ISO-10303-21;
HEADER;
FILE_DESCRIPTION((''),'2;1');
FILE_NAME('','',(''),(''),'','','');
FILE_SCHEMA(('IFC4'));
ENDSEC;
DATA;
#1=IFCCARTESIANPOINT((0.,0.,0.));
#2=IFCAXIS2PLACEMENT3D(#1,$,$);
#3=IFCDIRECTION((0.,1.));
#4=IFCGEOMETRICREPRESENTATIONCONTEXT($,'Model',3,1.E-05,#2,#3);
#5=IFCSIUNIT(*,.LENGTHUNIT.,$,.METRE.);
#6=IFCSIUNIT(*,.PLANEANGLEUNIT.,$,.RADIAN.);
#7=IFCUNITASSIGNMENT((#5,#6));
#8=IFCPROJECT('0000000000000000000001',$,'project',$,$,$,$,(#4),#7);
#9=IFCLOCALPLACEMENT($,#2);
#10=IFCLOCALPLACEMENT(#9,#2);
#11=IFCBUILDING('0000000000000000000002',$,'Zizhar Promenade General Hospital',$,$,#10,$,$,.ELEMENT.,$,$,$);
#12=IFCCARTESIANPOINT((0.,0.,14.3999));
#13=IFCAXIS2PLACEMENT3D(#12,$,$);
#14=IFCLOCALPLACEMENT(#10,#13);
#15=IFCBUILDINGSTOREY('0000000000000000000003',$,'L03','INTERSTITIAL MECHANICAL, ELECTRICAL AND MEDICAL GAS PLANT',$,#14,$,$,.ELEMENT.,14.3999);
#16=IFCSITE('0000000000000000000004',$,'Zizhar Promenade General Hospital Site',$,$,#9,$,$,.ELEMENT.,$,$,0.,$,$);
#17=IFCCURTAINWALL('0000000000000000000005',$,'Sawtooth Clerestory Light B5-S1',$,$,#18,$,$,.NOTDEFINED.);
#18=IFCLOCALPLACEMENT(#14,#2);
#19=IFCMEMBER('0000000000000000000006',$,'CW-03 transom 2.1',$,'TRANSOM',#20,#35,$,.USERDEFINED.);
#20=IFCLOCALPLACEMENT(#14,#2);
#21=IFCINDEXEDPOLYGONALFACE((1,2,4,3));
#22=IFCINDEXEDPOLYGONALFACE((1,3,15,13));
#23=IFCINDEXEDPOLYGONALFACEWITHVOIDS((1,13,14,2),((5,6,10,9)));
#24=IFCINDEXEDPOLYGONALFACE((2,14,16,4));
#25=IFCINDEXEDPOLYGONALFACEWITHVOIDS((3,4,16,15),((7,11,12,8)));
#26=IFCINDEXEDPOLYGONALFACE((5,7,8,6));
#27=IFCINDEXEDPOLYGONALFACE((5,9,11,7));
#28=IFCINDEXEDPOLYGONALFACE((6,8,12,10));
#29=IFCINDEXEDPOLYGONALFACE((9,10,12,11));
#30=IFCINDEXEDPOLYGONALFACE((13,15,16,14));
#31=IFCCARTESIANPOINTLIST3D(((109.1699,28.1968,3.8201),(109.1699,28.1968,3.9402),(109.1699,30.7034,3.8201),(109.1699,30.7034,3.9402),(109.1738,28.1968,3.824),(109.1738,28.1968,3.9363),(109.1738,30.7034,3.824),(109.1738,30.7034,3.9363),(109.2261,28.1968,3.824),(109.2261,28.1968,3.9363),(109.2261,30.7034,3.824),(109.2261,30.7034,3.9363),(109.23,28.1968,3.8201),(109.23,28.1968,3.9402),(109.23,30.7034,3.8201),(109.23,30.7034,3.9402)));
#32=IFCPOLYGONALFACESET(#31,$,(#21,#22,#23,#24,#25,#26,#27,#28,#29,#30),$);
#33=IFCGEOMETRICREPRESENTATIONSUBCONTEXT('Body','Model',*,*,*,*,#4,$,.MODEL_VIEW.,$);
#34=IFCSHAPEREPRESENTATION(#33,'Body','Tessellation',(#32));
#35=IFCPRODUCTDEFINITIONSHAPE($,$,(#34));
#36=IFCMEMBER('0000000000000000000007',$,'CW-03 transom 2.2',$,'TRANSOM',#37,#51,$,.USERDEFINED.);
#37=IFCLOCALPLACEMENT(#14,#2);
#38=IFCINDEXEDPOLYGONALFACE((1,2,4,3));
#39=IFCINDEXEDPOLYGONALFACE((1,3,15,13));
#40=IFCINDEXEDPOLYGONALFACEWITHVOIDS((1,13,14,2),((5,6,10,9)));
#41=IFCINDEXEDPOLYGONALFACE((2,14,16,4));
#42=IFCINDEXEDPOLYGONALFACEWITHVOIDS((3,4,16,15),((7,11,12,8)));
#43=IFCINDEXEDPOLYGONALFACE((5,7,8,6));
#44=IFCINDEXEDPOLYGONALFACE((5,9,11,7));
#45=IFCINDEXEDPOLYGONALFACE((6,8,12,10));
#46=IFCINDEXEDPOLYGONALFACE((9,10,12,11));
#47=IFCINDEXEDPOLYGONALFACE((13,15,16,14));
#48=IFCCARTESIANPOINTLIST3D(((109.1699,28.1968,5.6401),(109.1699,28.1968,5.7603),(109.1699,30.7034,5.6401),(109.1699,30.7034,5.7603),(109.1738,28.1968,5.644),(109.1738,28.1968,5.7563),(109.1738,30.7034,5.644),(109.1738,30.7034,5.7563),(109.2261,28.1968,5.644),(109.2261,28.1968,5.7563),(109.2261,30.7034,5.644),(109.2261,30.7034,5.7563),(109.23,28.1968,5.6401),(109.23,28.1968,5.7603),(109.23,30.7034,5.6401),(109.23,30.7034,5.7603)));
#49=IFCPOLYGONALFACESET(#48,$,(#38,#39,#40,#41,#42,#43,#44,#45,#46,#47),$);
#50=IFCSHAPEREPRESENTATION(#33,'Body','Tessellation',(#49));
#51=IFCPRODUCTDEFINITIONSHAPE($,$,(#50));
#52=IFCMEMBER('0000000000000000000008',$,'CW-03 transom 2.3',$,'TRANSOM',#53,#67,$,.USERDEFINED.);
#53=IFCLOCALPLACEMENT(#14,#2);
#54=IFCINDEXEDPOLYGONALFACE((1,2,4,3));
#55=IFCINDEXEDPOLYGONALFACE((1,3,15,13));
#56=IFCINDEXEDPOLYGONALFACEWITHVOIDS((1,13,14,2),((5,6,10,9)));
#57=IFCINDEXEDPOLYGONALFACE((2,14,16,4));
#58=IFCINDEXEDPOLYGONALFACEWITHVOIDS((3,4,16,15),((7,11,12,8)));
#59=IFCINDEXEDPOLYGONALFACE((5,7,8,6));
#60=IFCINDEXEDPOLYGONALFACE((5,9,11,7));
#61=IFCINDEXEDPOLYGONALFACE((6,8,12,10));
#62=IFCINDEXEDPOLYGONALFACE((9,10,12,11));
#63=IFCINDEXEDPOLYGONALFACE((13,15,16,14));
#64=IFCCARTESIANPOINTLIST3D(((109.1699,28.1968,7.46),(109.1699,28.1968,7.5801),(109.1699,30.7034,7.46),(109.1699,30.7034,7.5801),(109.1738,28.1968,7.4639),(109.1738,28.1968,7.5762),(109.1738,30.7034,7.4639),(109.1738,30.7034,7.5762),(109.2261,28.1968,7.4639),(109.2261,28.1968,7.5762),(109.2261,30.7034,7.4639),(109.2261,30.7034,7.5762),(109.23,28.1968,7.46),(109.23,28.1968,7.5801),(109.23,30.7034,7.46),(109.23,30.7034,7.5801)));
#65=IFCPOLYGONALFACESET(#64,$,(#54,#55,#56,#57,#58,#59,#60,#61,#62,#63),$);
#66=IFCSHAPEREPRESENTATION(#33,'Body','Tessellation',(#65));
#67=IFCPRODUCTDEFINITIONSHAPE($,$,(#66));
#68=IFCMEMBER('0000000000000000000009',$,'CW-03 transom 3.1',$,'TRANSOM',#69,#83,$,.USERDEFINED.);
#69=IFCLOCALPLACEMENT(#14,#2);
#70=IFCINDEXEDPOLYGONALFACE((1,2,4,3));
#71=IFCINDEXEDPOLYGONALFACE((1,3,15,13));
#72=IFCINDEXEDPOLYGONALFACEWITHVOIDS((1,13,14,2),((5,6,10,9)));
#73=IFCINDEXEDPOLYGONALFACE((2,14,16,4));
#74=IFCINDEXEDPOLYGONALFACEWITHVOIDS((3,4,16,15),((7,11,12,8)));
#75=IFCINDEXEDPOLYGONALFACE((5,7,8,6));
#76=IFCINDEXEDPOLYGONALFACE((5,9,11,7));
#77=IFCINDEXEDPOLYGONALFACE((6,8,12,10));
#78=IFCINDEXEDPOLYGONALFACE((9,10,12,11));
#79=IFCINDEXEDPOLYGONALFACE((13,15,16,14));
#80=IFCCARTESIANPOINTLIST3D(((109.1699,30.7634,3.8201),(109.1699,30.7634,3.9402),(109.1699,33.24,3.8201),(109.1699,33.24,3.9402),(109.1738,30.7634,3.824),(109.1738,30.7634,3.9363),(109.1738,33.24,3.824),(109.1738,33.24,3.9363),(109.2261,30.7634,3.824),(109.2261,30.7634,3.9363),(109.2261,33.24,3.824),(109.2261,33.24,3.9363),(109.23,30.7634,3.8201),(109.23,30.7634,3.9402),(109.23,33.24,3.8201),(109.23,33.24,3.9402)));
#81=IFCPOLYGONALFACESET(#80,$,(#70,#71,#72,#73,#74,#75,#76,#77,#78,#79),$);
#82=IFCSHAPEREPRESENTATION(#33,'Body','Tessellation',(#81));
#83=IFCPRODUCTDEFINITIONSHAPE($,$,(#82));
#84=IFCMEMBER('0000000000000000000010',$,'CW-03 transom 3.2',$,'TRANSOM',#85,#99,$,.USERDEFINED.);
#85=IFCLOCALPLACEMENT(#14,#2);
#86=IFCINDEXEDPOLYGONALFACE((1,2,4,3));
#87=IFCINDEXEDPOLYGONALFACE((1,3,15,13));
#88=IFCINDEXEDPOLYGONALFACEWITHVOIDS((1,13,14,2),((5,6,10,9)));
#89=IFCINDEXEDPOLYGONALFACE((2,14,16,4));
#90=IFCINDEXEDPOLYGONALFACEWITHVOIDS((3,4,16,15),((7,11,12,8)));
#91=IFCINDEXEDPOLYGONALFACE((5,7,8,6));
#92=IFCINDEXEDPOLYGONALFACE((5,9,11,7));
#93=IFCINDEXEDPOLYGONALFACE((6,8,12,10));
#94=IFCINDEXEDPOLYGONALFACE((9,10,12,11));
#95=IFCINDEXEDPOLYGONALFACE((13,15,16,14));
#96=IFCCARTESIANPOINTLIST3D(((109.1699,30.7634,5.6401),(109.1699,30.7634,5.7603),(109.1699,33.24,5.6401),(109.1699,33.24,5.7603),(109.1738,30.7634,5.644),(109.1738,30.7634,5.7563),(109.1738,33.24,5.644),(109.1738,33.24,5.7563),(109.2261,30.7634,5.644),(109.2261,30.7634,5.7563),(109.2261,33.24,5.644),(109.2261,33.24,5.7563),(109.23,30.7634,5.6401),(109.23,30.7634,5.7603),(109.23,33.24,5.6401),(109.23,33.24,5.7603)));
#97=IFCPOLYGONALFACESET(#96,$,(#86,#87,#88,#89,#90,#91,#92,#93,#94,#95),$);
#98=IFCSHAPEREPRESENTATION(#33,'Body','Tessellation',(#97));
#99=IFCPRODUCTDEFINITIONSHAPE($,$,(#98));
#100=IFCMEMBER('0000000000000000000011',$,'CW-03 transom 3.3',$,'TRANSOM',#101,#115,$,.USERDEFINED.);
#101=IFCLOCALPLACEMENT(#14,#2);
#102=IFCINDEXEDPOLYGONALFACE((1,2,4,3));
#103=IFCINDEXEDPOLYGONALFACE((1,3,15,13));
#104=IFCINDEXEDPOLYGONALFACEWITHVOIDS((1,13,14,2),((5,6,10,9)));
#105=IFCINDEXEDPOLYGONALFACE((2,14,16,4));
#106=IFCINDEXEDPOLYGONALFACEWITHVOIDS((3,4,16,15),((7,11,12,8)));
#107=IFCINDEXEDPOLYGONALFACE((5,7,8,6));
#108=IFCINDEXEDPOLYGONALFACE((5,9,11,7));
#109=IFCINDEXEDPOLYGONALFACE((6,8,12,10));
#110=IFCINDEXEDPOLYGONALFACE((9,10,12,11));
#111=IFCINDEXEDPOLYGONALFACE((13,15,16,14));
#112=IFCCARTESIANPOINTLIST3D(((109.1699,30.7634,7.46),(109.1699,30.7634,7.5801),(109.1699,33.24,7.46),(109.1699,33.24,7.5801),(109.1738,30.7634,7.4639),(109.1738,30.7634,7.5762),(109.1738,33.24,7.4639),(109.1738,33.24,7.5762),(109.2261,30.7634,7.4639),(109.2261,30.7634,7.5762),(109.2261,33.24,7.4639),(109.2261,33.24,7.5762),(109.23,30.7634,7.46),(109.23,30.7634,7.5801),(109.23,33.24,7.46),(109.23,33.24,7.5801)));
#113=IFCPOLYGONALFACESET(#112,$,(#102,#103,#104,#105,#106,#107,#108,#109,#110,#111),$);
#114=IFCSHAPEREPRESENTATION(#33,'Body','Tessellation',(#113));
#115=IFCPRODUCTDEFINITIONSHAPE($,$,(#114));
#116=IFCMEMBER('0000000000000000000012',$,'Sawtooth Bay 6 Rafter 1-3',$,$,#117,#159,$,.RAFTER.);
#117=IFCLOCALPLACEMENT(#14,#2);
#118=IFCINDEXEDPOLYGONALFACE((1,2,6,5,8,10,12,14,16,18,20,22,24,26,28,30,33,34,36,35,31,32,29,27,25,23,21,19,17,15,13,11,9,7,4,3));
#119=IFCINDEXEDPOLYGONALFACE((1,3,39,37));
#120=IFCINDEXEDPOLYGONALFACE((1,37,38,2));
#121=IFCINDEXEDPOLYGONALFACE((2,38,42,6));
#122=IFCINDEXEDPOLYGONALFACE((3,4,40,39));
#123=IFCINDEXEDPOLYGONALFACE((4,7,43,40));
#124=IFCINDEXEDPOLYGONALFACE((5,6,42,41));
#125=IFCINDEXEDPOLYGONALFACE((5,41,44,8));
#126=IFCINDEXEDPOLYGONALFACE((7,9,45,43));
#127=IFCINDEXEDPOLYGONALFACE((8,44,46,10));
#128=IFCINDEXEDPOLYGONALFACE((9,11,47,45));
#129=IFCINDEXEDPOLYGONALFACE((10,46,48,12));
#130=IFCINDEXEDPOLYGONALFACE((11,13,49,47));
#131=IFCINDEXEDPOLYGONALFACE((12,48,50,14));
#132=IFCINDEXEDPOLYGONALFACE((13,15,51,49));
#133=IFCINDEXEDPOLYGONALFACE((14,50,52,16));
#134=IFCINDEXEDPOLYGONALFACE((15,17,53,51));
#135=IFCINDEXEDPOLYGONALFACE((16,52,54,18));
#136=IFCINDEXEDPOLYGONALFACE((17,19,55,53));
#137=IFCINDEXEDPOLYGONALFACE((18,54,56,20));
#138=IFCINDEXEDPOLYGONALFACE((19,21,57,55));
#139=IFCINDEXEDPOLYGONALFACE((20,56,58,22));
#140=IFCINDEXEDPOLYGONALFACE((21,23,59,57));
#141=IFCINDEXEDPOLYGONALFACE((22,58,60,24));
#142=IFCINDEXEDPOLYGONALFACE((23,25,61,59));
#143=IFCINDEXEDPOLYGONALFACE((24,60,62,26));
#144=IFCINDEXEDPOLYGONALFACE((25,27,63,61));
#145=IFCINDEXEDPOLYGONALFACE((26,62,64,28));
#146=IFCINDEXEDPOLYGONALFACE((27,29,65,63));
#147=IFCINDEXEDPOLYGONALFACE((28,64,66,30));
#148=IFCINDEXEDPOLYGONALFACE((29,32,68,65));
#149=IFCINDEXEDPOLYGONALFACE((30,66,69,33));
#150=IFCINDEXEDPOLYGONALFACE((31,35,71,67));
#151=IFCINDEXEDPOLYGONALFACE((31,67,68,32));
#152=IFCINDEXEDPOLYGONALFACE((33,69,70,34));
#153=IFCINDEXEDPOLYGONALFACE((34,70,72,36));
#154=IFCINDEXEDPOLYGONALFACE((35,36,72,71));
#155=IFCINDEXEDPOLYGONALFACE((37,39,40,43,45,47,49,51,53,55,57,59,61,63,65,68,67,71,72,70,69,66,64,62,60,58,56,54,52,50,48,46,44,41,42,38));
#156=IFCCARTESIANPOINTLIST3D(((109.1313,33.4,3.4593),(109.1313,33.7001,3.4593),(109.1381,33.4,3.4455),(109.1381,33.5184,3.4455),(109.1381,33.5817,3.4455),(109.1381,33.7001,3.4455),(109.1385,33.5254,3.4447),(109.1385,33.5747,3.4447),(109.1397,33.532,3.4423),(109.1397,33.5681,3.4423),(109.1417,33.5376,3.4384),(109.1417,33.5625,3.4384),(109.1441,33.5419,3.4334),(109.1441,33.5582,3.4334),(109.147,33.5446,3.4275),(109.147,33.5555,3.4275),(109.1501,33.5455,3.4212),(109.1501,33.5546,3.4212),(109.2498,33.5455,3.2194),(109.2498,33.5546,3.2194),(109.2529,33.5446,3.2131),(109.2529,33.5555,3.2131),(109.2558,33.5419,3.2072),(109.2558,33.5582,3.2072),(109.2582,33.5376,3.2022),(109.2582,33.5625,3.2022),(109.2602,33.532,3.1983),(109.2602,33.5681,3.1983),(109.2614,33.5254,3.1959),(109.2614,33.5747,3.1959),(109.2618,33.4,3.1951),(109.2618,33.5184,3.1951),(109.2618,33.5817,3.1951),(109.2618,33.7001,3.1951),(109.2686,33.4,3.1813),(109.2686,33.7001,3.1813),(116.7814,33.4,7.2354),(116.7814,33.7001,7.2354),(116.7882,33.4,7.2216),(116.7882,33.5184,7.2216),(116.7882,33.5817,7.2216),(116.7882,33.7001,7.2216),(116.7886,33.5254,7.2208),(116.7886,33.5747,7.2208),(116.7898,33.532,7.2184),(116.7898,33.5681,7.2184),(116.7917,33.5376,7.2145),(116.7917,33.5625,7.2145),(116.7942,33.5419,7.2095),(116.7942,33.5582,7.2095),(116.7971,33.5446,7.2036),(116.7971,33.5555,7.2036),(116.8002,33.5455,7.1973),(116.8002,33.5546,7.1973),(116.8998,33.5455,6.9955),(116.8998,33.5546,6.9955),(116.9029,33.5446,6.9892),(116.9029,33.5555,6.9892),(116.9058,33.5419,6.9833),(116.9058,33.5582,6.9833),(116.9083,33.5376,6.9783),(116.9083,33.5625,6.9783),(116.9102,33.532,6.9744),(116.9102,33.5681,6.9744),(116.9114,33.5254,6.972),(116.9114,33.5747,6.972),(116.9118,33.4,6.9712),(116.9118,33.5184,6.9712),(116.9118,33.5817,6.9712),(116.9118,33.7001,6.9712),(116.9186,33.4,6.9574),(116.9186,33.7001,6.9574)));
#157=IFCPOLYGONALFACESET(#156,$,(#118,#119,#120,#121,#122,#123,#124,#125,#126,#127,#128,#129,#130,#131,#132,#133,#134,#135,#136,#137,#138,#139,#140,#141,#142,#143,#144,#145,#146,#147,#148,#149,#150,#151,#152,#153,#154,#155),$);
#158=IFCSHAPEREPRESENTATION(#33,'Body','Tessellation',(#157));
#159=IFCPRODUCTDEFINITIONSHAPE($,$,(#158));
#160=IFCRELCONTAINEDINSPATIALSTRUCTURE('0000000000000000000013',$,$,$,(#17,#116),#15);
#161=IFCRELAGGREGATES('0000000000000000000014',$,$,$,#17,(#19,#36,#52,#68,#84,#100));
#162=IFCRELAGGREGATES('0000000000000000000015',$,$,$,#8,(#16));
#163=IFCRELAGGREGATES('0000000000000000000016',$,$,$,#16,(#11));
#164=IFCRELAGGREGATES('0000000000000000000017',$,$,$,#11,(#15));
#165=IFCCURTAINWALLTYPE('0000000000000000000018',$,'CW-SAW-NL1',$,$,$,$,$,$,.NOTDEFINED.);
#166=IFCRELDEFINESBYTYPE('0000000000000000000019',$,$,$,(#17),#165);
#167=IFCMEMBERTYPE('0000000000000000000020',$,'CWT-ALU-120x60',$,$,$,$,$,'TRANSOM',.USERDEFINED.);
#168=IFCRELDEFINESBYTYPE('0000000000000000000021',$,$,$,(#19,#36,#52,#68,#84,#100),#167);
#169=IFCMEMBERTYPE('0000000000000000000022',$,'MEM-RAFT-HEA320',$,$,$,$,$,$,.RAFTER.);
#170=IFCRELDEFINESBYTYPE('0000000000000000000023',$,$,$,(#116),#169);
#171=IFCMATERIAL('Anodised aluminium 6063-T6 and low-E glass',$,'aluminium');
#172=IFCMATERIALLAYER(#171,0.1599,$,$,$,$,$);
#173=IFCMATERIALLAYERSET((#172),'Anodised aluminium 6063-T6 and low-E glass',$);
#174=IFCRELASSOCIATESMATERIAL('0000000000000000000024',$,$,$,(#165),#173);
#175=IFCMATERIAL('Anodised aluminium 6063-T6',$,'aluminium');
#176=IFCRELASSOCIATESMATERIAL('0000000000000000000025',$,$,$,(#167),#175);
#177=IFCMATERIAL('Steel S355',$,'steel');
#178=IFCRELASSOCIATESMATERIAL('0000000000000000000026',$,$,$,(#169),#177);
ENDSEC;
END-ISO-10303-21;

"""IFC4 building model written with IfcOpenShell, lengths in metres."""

from ifc_helpers import new_model, si_unit, direction, frame, origin, origin_2d, place, context, subcontext, project, spatial, hollow_rectangle, i_section, extrude, material, layer, layer_set, material_profile, profile_set, type_object, element, aggregate, save


model = new_model("IFC4")

# Units and contexts
model_context = context("Model", 3, precision=1e-05, world=origin(), true_north=direction((0.0, 1.0)))
body_context = subcontext(model_context, "Body", "Model", "MODEL_VIEW")
ifc_project = project(units=[si_unit("LENGTHUNIT", "METRE"), si_unit("PLANEANGLEUNIT", "RADIAN")], contexts=[model_context])

# Site, building, storey
site_placement = place(None, origin())
site = spatial("IfcSite", under=ifc_project, at=site_placement, Name="Zizhar Promenade General Hospital Site", CompositionType="ELEMENT", RefElevation=0.0)
building_placement = place(site_placement, origin())
building = spatial("IfcBuilding", under=site, at=building_placement, Name="Zizhar Promenade General Hospital", CompositionType="ELEMENT")
storey_placement = place(building_placement, frame((0.0, 0.0, 14.3999)))
storey = spatial("IfcBuildingStorey", under=building, at=storey_placement, Name="L03", Description="INTERSTITIAL MECHANICAL, ELECTRICAL AND MEDICAL GAS PLANT", CompositionType="ELEMENT", Elevation=14.3999)

# Curtain wall
ifc_material_1 = material(Name="Anodised aluminium 6063-T6 and low-E glass", Category="aluminium")
ifc_layer_1 = layer(ifc_material_1, 0.1599)
ifc_layer_set_1 = layer_set([ifc_layer_1], Name="Anodised aluminium 6063-T6 and low-E glass")
curtain_wall_type = type_object("IfcCurtainWallType", Name="CW-SAW-NL1", PredefinedType="NOTDEFINED", material=ifc_layer_set_1)
curtain_wall_1_placement = place(storey_placement, origin())
curtain_wall_1 = element("IfcCurtainWall", 1, at=curtain_wall_1_placement, inside=storey, type_object=curtain_wall_type, Name="Sawtooth Clerestory Light B5-S1", PredefinedType="NOTDEFINED")

# Members
ifc_material_2 = material(Name="Anodised aluminium 6063-T6", Category="aluminium")
ifc_material_profile_1 = material_profile(ifc_material_2, hollow_rectangle(XDim=0.0601, YDim=0.1201, WallThickness=0.0039, at=origin_2d()))
ifc_profile_set_1 = profile_set([ifc_material_profile_1], Name="Anodised aluminium 6063-T6")
member_type_1 = type_object("IfcMemberType", Name="CWT-ALU-120x60", ElementType="TRANSOM", PredefinedType="USERDEFINED", material=ifc_profile_set_1)
member_1_placement = place(storey_placement, frame((109.2, 28.1968, 3.8801), z_axis=(0.0, 1.0, 0.0), x_axis=(-1.0, 0.0, 0.0)))
member_1 = element("IfcMember", 2, at=member_1_placement, type_object=member_type_1, Name="CW-03 transom 2.1", ObjectType="TRANSOM", PredefinedType="USERDEFINED", context=body_context, shape_type="SweptSolid", body=[
    extrude(hollow_rectangle(XDim=0.0601, YDim=0.1201, WallThickness=0.0039, at=origin_2d()), origin(), (0.0, 0.0, 1.0), 2.5066),
])
member_2_placement = place(storey_placement, frame((109.2, 28.1968, 5.7002), z_axis=(0.0, 1.0, 0.0), x_axis=(-1.0, 0.0, 0.0)))
member_2 = element("IfcMember", 3, at=member_2_placement, type_object=member_type_1, Name="CW-03 transom 2.2", ObjectType="TRANSOM", PredefinedType="USERDEFINED", context=body_context, shape_type="SweptSolid", body=[
    extrude(hollow_rectangle(XDim=0.0601, YDim=0.1201, WallThickness=0.0039, at=origin_2d()), origin(), (0.0, 0.0, 1.0), 2.5066),
])
member_3_placement = place(storey_placement, frame((109.2, 28.1968, 7.52), z_axis=(0.0, 1.0, 0.0), x_axis=(-1.0, 0.0, 0.0)))
member_3 = element("IfcMember", 4, at=member_3_placement, type_object=member_type_1, Name="CW-03 transom 2.3", ObjectType="TRANSOM", PredefinedType="USERDEFINED", context=body_context, shape_type="SweptSolid", body=[
    extrude(hollow_rectangle(XDim=0.0601, YDim=0.1201, WallThickness=0.0039, at=origin_2d()), origin(), (0.0, 0.0, 1.0), 2.5066),
])
member_4_placement = place(storey_placement, frame((109.2, 30.7634, 3.8801), z_axis=(0.0, 1.0, 0.0), x_axis=(-1.0, 0.0, 0.0)))
member_4 = element("IfcMember", 5, at=member_4_placement, type_object=member_type_1, Name="CW-03 transom 3.1", ObjectType="TRANSOM", PredefinedType="USERDEFINED", context=body_context, shape_type="SweptSolid", body=[
    extrude(hollow_rectangle(XDim=0.0601, YDim=0.1201, WallThickness=0.0039, at=origin_2d()), origin(), (0.0, 0.0, 1.0), 2.4766),
])
member_5_placement = place(storey_placement, frame((109.2, 30.7634, 5.7002), z_axis=(0.0, 1.0, 0.0), x_axis=(-1.0, 0.0, 0.0)))
member_5 = element("IfcMember", 6, at=member_5_placement, type_object=member_type_1, Name="CW-03 transom 3.2", ObjectType="TRANSOM", PredefinedType="USERDEFINED", context=body_context, shape_type="SweptSolid", body=[
    extrude(hollow_rectangle(XDim=0.0601, YDim=0.1201, WallThickness=0.0039, at=origin_2d()), origin(), (0.0, 0.0, 1.0), 2.4766),
])
member_6_placement = place(storey_placement, frame((109.2, 30.7634, 7.52), z_axis=(0.0, 1.0, 0.0), x_axis=(-1.0, 0.0, 0.0)))
member_6 = element("IfcMember", 7, at=member_6_placement, type_object=member_type_1, Name="CW-03 transom 3.3", ObjectType="TRANSOM", PredefinedType="USERDEFINED", context=body_context, shape_type="SweptSolid", body=[
    extrude(hollow_rectangle(XDim=0.0601, YDim=0.1201, WallThickness=0.0039, at=origin_2d()), origin(), (0.0, 0.0, 1.0), 2.4766),
])

# Member
ifc_material_3 = material(Name="Steel S355", Category="steel")
ifc_material_profile_2 = material_profile(ifc_material_3, i_section(OverallWidth=0.3, OverallDepth=0.3101, WebThickness=0.009, FlangeThickness=0.0154, FilletRadius=0.0271, at=origin_2d()))
ifc_profile_set_2 = profile_set([ifc_material_profile_2], Name="Steel S355")
member_type_2 = type_object("IfcMemberType", Name="MEM-RAFT-HEA320", PredefinedType="RAFTER", material=ifc_profile_set_2)
member_7_placement = place(storey_placement, frame((109.2, 33.55, 3.3203), z_axis=(0.89671, 0.0, 0.442618), x_axis=(0.0, 1.0, 0.0)))
element("IfcMember", 8, at=member_7_placement, inside=storey, type_object=member_type_2, Name="Sawtooth Bay 6 Rafter 1-3", PredefinedType="RAFTER", context=body_context, shape_type="SweptSolid", body=[
    extrude(i_section(OverallWidth=0.3, OverallDepth=0.3101, WebThickness=0.009, FlangeThickness=0.0154, FilletRadius=0.0271, at=origin_2d()), origin(), (0.0, 0.0, 1.0), 8.5312),
])

aggregate(curtain_wall_1, [member_1, member_2, member_3, member_4, member_5, member_6])

save(model, "model.ifc")
